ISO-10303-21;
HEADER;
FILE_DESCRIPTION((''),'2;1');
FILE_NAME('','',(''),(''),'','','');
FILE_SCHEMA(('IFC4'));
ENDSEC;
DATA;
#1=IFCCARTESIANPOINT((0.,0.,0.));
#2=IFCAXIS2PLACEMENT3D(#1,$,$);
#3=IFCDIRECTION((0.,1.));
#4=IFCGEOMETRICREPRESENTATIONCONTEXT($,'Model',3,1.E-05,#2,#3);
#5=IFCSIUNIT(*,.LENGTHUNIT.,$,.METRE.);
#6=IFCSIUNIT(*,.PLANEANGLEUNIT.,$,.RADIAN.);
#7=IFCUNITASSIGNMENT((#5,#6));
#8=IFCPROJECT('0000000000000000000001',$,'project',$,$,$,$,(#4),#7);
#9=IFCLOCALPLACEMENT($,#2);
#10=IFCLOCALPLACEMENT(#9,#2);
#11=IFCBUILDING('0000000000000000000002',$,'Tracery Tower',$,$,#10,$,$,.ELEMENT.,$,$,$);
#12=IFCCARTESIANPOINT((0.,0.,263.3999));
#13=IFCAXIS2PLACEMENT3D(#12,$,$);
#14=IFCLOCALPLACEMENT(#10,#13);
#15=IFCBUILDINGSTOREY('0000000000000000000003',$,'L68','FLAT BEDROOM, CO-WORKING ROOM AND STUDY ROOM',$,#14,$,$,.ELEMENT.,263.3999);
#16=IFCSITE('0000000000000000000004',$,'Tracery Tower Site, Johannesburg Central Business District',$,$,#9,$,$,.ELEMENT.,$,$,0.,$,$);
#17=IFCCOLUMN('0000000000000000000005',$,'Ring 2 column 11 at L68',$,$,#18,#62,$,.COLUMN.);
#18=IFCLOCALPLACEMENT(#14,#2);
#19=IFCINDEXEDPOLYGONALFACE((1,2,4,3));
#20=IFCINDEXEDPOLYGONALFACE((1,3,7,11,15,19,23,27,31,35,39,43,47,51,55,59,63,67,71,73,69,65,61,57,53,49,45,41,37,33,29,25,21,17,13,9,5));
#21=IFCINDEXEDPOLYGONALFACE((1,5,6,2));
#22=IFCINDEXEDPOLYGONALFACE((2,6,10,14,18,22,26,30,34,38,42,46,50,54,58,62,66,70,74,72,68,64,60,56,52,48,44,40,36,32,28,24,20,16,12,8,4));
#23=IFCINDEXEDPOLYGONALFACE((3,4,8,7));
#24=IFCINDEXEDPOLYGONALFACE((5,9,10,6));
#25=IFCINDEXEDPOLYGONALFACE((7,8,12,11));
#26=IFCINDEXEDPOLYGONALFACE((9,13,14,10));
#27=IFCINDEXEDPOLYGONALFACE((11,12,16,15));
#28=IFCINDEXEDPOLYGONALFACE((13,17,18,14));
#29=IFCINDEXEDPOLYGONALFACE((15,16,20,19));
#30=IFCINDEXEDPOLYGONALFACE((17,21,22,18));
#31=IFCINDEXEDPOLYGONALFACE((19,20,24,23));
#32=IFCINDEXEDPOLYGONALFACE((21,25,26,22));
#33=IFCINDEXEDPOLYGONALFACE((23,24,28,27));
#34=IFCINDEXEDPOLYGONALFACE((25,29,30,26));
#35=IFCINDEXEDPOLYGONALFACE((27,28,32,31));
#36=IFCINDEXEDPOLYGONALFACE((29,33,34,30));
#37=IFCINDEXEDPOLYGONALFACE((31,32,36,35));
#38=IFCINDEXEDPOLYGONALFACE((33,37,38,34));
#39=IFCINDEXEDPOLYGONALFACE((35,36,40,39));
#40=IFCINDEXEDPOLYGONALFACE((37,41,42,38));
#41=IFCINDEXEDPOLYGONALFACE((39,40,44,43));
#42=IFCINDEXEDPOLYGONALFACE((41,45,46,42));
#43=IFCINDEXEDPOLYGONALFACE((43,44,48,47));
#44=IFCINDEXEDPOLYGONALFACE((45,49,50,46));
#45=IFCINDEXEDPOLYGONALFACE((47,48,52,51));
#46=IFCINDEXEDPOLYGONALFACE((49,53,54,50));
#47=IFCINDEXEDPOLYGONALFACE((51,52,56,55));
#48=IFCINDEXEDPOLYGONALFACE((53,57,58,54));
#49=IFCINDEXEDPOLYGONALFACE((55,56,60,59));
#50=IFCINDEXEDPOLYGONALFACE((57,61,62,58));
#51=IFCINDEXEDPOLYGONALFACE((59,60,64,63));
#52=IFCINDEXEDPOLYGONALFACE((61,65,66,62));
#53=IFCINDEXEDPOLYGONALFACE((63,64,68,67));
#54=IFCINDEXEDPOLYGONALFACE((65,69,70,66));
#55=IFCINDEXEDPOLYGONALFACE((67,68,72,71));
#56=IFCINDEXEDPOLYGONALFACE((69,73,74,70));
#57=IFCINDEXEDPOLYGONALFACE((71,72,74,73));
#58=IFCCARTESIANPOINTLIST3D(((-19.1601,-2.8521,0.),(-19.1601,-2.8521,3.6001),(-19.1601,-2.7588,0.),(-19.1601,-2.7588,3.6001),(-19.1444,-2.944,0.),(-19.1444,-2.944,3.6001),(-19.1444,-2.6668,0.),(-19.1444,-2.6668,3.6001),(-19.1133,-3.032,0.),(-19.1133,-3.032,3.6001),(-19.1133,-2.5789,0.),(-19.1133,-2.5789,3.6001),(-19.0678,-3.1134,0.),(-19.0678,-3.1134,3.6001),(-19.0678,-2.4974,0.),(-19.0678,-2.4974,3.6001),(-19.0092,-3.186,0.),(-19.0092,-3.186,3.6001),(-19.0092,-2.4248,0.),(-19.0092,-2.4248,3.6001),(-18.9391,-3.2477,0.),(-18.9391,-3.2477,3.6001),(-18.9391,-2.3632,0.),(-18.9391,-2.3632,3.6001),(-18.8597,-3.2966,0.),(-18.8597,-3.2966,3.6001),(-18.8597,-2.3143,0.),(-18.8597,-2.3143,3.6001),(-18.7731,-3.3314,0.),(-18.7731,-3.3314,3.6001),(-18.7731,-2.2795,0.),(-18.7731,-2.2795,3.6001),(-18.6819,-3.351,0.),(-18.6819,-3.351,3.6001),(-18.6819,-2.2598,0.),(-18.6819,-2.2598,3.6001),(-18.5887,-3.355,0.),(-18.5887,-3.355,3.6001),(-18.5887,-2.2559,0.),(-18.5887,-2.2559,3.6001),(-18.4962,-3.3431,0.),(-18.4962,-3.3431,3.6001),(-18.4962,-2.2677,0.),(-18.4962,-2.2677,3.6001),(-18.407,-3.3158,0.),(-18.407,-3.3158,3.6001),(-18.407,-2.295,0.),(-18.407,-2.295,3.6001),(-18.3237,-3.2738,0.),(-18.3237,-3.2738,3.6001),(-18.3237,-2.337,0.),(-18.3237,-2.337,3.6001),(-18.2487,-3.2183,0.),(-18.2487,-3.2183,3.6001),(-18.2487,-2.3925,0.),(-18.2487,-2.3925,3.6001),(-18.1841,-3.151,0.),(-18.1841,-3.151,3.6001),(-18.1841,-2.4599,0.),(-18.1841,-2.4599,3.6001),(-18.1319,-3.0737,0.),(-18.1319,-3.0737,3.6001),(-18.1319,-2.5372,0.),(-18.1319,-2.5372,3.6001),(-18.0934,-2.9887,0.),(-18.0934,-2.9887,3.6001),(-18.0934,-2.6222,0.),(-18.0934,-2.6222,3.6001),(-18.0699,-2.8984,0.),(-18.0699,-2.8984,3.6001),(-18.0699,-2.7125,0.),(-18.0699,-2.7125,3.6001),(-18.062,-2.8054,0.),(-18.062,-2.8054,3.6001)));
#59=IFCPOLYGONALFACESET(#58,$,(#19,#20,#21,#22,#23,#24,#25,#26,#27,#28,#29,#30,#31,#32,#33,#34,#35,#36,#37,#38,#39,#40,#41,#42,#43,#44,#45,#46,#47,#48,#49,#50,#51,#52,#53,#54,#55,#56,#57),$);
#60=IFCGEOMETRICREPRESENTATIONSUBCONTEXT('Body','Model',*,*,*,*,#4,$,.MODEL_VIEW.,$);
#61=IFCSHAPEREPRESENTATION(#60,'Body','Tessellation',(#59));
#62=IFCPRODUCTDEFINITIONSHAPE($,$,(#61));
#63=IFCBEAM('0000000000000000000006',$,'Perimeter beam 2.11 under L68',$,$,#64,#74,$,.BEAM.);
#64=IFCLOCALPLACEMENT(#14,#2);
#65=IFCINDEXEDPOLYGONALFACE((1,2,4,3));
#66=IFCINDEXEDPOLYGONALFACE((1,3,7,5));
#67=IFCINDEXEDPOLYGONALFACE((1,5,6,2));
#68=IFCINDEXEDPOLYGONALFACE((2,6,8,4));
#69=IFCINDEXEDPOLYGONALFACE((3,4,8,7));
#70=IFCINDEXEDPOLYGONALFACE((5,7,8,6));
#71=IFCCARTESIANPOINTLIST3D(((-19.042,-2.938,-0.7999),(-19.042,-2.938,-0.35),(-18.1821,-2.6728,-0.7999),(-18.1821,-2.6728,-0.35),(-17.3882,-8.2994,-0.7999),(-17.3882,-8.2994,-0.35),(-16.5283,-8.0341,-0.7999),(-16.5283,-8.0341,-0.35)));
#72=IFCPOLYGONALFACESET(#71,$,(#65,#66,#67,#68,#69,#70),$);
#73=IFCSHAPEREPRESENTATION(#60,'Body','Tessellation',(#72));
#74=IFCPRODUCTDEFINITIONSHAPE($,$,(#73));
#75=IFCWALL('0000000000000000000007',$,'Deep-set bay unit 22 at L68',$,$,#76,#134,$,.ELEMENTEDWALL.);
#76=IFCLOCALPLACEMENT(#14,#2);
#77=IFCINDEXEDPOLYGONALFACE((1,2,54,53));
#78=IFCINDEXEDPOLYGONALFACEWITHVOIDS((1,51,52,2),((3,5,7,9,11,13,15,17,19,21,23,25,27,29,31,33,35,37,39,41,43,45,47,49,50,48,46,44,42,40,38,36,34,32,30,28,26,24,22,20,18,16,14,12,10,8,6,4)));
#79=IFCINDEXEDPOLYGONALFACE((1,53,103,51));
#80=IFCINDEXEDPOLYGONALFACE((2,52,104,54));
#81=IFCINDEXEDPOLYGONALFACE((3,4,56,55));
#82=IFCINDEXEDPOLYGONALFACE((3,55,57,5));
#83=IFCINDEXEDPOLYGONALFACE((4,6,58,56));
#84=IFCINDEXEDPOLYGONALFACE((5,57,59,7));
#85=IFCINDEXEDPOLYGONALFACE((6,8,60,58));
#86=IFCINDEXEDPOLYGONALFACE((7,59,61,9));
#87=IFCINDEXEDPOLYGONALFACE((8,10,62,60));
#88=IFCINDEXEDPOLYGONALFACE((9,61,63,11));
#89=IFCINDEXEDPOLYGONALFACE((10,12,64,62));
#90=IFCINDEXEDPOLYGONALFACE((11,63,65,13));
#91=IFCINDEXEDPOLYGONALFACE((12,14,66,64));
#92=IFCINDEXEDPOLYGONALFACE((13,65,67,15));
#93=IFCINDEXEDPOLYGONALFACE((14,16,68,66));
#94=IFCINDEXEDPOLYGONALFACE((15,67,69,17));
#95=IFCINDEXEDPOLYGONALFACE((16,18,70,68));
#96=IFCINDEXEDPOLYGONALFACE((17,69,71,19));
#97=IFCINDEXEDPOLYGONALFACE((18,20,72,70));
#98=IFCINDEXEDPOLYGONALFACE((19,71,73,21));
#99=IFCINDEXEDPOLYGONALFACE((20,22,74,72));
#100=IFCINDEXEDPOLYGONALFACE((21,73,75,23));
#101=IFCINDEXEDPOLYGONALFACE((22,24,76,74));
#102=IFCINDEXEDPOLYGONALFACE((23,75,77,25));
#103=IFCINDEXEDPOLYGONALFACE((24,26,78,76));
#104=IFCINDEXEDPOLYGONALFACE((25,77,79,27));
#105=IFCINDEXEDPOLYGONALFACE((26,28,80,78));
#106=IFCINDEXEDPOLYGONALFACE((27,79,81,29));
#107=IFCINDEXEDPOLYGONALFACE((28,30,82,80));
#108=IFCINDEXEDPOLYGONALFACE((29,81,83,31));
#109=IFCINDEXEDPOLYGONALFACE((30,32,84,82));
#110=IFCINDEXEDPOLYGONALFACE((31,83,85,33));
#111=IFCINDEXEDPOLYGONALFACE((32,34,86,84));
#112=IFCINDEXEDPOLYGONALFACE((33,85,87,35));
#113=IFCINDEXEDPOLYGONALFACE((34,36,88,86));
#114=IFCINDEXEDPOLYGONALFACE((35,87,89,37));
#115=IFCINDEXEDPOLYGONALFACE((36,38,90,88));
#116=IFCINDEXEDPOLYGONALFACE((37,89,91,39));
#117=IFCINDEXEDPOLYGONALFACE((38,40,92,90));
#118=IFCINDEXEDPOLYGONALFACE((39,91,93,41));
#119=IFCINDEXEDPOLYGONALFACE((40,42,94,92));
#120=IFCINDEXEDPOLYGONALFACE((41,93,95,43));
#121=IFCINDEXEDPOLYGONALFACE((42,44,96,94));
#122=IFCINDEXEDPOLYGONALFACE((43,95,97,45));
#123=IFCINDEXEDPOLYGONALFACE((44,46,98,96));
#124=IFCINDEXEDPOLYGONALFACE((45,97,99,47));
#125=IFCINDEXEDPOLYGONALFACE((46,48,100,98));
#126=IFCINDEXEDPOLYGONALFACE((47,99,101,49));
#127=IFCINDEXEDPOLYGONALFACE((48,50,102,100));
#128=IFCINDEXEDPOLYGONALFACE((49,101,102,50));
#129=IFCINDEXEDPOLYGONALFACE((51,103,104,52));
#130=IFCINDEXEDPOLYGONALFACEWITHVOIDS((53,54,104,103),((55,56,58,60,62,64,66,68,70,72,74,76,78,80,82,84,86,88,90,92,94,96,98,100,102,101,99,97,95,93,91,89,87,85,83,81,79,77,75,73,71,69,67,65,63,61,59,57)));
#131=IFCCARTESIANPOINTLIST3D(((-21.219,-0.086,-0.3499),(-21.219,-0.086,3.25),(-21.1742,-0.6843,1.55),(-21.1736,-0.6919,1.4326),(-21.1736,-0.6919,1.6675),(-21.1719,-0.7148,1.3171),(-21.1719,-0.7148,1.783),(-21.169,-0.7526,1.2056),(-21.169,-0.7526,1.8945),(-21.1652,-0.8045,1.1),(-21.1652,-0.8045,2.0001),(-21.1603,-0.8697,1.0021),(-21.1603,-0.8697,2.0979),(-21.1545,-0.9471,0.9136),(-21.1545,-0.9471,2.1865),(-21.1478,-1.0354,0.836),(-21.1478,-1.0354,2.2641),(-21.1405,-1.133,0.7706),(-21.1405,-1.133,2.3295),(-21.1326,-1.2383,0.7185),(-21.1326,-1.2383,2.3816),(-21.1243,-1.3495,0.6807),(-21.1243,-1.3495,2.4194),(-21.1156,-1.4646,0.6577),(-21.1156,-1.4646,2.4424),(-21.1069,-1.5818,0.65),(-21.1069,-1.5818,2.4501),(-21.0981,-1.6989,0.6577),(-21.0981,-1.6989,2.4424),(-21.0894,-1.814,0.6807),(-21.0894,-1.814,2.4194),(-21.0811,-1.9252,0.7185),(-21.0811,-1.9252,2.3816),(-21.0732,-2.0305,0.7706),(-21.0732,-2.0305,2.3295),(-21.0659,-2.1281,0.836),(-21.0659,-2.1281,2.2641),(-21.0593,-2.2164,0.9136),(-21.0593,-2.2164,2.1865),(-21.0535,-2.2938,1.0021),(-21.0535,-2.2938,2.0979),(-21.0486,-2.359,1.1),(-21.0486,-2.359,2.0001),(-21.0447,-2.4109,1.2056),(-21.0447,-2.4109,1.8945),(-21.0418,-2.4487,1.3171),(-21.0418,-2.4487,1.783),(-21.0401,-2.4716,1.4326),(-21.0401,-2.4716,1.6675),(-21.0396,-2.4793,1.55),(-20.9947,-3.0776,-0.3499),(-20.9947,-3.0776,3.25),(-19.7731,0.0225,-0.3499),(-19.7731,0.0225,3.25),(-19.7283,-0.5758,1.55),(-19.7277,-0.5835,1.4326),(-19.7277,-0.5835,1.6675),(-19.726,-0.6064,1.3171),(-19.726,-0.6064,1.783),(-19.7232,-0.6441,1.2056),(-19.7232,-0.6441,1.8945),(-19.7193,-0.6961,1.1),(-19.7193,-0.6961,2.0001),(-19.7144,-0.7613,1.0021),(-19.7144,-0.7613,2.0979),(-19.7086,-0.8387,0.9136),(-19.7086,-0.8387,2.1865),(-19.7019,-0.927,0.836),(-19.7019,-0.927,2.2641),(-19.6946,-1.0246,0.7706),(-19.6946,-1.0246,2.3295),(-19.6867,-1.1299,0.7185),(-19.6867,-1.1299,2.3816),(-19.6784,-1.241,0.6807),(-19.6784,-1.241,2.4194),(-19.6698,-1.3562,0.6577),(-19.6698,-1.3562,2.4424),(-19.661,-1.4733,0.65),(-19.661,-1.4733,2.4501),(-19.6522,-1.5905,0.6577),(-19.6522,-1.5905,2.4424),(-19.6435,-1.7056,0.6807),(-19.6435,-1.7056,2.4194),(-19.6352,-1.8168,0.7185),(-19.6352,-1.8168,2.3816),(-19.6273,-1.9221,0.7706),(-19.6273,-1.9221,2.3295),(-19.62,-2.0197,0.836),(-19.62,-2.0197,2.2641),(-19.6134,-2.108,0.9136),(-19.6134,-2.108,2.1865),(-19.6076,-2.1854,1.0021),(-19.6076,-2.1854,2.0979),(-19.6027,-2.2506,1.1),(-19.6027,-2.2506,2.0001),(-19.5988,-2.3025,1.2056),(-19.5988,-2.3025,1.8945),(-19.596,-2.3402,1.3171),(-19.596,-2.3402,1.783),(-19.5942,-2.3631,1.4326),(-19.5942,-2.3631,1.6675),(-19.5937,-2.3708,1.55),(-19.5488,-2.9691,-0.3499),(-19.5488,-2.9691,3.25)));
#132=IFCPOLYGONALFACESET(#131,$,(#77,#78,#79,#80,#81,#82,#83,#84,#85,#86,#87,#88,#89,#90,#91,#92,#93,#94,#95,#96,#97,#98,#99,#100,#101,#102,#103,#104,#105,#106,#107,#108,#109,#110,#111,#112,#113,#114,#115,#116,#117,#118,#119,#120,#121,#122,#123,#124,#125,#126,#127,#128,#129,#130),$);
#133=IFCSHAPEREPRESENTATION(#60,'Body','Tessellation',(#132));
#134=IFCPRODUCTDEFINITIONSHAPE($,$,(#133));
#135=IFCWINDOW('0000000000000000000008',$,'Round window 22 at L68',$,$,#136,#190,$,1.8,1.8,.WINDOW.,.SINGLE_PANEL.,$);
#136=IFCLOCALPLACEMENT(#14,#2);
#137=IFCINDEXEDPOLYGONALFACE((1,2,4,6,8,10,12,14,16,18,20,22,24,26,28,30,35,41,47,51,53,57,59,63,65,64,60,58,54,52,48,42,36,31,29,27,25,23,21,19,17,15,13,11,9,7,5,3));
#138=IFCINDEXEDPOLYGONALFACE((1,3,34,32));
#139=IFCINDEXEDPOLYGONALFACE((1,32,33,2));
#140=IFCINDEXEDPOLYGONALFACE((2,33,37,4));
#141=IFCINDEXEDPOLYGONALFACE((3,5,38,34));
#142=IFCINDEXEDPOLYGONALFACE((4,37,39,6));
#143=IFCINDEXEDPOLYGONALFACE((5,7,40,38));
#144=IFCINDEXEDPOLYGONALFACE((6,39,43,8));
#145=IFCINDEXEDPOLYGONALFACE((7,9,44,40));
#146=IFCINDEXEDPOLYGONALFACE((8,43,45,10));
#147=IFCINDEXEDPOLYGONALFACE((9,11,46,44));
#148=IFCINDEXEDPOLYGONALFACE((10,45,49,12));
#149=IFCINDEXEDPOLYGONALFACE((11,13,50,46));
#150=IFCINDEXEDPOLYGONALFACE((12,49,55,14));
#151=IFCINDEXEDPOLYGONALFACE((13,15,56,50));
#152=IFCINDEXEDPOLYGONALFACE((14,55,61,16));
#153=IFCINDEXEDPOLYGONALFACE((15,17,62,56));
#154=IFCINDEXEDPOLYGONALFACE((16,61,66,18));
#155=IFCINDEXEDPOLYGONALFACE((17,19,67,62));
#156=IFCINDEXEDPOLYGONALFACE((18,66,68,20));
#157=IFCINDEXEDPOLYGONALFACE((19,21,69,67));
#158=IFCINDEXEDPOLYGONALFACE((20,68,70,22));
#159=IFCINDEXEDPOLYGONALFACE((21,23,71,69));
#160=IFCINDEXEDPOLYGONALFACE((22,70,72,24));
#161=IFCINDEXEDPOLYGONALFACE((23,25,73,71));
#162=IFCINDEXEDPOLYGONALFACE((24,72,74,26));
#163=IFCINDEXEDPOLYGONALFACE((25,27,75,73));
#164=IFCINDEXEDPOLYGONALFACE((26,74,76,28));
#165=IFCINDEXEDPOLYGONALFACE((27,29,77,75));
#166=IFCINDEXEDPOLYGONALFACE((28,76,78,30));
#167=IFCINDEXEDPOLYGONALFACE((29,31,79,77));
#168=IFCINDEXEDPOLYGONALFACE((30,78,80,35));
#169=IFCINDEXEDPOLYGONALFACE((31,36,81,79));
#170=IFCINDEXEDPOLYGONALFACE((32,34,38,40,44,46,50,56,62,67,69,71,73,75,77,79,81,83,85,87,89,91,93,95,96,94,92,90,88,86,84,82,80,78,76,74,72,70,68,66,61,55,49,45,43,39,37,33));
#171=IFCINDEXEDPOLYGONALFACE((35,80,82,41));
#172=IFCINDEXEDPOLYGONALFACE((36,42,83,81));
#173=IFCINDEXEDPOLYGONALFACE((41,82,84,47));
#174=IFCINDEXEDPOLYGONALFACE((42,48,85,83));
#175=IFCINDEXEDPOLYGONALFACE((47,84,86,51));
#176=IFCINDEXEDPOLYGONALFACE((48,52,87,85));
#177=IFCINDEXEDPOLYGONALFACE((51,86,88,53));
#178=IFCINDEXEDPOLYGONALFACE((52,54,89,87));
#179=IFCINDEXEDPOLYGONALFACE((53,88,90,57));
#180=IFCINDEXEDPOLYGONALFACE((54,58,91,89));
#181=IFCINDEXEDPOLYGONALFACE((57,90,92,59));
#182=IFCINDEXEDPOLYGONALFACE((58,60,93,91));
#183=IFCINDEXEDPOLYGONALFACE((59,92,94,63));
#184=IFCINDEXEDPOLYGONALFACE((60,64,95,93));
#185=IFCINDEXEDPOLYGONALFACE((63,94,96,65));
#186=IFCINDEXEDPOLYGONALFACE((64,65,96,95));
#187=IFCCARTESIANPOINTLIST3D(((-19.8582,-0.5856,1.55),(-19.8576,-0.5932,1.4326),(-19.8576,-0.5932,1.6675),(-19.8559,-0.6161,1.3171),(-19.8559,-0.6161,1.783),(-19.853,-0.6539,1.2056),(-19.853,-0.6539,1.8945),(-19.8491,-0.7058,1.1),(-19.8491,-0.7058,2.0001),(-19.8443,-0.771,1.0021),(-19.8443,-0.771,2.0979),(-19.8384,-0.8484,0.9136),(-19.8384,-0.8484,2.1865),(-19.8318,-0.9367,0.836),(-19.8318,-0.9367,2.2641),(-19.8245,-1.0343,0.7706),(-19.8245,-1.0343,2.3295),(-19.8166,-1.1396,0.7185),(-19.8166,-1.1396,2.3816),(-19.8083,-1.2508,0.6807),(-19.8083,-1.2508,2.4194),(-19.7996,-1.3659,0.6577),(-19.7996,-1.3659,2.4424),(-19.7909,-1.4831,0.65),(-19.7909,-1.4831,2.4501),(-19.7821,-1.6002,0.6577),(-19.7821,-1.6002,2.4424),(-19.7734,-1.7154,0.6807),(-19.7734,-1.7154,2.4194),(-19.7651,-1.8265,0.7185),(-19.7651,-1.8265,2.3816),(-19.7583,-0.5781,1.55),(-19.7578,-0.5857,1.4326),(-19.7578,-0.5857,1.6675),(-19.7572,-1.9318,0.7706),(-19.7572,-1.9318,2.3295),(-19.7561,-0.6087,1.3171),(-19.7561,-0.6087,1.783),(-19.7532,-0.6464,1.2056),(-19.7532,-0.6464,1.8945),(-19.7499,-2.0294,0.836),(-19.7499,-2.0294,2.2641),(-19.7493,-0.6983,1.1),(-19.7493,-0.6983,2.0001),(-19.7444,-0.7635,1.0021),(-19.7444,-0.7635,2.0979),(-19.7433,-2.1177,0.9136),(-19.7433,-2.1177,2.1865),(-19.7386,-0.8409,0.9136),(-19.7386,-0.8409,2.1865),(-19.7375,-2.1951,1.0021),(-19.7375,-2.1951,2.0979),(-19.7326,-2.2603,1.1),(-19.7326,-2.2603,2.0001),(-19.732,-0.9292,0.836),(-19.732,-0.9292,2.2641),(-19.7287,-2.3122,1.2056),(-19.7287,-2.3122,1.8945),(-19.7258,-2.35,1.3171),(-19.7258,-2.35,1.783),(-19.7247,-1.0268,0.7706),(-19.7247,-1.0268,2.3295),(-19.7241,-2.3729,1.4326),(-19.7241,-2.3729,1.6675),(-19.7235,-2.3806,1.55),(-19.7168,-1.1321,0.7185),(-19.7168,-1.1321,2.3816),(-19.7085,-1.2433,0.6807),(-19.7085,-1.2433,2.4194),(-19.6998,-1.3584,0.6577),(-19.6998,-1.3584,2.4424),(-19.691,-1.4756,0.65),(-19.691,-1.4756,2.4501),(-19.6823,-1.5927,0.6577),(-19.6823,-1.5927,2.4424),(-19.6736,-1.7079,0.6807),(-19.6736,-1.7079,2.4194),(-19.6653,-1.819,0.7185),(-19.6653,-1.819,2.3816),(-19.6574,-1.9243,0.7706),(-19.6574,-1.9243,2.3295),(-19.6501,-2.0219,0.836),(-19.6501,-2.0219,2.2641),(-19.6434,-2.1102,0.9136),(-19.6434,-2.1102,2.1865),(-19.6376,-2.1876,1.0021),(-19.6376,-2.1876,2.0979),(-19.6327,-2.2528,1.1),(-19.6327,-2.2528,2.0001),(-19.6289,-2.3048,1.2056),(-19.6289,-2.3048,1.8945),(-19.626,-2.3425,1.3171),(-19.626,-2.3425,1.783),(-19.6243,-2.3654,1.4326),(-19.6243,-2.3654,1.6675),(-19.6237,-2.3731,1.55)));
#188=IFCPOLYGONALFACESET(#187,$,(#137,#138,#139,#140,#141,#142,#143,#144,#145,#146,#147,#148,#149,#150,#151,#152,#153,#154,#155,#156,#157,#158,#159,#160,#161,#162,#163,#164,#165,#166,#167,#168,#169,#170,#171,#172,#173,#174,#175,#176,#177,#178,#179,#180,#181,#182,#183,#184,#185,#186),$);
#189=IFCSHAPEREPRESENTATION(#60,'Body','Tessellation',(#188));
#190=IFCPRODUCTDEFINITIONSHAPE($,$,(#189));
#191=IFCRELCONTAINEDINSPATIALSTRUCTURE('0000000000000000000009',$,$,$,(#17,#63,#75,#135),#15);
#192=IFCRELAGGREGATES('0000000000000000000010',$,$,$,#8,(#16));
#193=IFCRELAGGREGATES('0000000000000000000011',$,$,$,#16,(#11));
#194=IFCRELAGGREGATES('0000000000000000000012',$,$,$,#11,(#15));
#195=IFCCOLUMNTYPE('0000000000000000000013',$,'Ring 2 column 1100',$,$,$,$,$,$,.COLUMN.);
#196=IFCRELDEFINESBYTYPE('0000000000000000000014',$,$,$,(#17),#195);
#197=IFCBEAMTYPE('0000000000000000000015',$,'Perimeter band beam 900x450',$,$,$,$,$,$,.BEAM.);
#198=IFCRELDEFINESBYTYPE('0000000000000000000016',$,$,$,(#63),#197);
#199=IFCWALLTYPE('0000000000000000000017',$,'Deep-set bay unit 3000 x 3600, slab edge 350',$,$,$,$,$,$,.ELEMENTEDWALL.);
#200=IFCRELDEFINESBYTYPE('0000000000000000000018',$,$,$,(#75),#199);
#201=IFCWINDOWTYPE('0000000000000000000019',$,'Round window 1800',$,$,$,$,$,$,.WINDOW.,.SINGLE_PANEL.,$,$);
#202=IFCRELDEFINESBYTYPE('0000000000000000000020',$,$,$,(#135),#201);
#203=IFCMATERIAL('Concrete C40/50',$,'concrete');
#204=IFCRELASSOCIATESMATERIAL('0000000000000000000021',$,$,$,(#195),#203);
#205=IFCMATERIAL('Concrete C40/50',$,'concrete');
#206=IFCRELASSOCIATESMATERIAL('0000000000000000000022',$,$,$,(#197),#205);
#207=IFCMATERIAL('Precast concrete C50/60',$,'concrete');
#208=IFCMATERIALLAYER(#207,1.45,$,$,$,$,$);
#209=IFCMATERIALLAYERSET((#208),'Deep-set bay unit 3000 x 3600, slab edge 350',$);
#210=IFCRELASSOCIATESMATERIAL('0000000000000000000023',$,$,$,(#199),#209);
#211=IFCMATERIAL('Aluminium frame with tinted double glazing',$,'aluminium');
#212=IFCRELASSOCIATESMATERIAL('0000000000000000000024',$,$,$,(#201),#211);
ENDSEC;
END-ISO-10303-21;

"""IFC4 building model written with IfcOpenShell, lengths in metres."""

from ifc_helpers import new_model, si_unit, direction, frame, frame_2d, origin, origin_2d, place, context, subcontext, project, spatial, rectangle, circle, extrude, material, layer, layer_set, material_profile, profile_set, type_object, element, fill, save


model = new_model("IFC4")

# Units and contexts
model_context = context("Model", 3, precision=1e-05, world=origin(), true_north=direction((0.0, 1.0)))
body_context = subcontext(model_context, "Body", "Model", "MODEL_VIEW")
ifc_project = project(units=[si_unit("LENGTHUNIT", "METRE"), si_unit("PLANEANGLEUNIT", "RADIAN")], contexts=[model_context])

# Site, building, storey
site_placement = place(None, origin())
site = spatial("IfcSite", under=ifc_project, at=site_placement, Name="Tracery Tower Site, Johannesburg Central Business District", CompositionType="ELEMENT", RefElevation=0.0)
building_placement = place(site_placement, origin())
building = spatial("IfcBuilding", under=site, at=building_placement, Name="Tracery Tower", CompositionType="ELEMENT")
storey_placement = place(building_placement, frame((0.0, 0.0, 263.3999)))
storey = spatial("IfcBuildingStorey", under=building, at=storey_placement, Name="L68", Description="FLAT BEDROOM, CO-WORKING ROOM AND STUDY ROOM", CompositionType="ELEMENT", Elevation=263.3999)

# Column
ifc_material_1 = material(Name="Concrete C40/50", Category="concrete")
ifc_material_profile_1 = material_profile(ifc_material_1, circle(Radius=0.55, at=origin_2d()), Name="RC D1100")
ifc_profile_set_1 = profile_set([ifc_material_profile_1], Name="Concrete C40/50")
column_type = type_object("IfcColumnType", Name="Ring 2 column 1100", PredefinedType="COLUMN", material=ifc_profile_set_1)
column_placement = place(storey_placement, frame((-18.6121, -2.8054, 0.0), z_axis=(0.0, 0.0, 1.0), x_axis=(1.0, 0.0, 0.0)))
element("IfcColumn", 1, at=column_placement, inside=storey, type_object=column_type, Name="Ring 2 column 11 at L68", PredefinedType="COLUMN", context=body_context, shape_type="SweptSolid", body=[
    extrude(circle(Radius=0.55, at=origin_2d()), origin(), (0.0, 0.0, 1.0), 3.6001),
])

# Beam
ifc_material_2 = material(Name="Concrete C40/50", Category="concrete")
ifc_material_profile_2 = material_profile(ifc_material_2, rectangle(XDim=0.8999, YDim=0.45, at=origin_2d()), Name="RC 900x450")
ifc_profile_set_2 = profile_set([ifc_material_profile_2], Name="Concrete C40/50")
beam_type = type_object("IfcBeamType", Name="Perimeter band beam 900x450", PredefinedType="BEAM", material=ifc_profile_set_2)
beam_placement = place(storey_placement, frame((-18.6121, -2.8054, -0.575), z_axis=(0.294765, -0.95557, 0.0), x_axis=(0.95557, 0.294765, 0.0)))
element("IfcBeam", 2, at=beam_placement, inside=storey, type_object=beam_type, Name="Perimeter beam 2.11 under L68", PredefinedType="BEAM", context=body_context, shape_type="SweptSolid", body=[
    extrude(rectangle(XDim=0.8999, YDim=0.45, at=origin_2d()), origin(), (0.0, 0.0, 1.0), 5.6106),
])

# Wall, opening, window
ifc_material_3 = material(Name="Precast concrete C50/60", Category="concrete")
ifc_layer_1 = layer(ifc_material_3, 1.45)
ifc_layer_set_1 = layer_set([ifc_layer_1], Name="Deep-set bay unit 3000 x 3600, slab edge 350")
wall_type_1 = type_object("IfcWallType", Name="Deep-set bay unit 3000 x 3600, slab edge 350", PredefinedType="ELEMENTEDWALL", material=ifc_layer_set_1)
wall_1_placement = place(storey_placement, frame((-20.4961, -0.0317, -0.3499), z_axis=(0.0, 0.0, 1.0), x_axis=(0.074786, -0.9972, 0.0)))
wall_1 = element("IfcWall", 3, at=wall_1_placement, inside=storey, type_object=wall_type_1, Name="Deep-set bay unit 22 at L68", PredefinedType="ELEMENTEDWALL", context=body_context, shape_type="SweptSolid", body=[
    extrude(rectangle(XDim=3.0, YDim=1.45, at=frame_2d((1.5, 0.0))), origin(), (0.0, 0.0, 1.0), 3.5999),
])
opening_1_placement = place(wall_1_placement, frame((1.5, 0.0, 1.8999)))
opening_1 = element("IfcOpeningElement", 4, at=opening_1_placement, cuts=wall_1, PredefinedType="OPENING", context=body_context, shape_type="SweptSolid", body=[
    extrude(circle(Radius=0.9, at=origin_2d()), frame((0.0, 0.7349, 0.0), z_axis=(0.0, -1.0, 0.0), x_axis=(1.0, 0.0, 0.0)), (0.0, 0.0, 1.0), 1.47),
])
ifc_material_4 = material(Name="Aluminium frame with tinted double glazing", Category="aluminium")
window_type = type_object("IfcWindowType", Name="Round window 1800", PartitioningType="SINGLE_PANEL", PredefinedType="WINDOW", material=ifc_material_4)
window_1_placement = place(opening_1_placement, origin())
window_1 = element("IfcWindow", 5, at=window_1_placement, inside=storey, type_object=window_type, Name="Round window 22 at L68", OverallHeight=1.8, OverallWidth=1.8, PartitioningType="SINGLE_PANEL", PredefinedType="WINDOW", context=body_context, shape_type="SweptSolid", body=[
    extrude(circle(Radius=0.9, at=origin_2d()), frame((0.0, 0.6948, 0.0), z_axis=(0.0, -1.0, 0.0), x_axis=(1.0, 0.0, 0.0)), (0.0, 0.0, 1.0), 0.1001),
])
fill(opening_1, window_1)

save(model, "model.ifc")
